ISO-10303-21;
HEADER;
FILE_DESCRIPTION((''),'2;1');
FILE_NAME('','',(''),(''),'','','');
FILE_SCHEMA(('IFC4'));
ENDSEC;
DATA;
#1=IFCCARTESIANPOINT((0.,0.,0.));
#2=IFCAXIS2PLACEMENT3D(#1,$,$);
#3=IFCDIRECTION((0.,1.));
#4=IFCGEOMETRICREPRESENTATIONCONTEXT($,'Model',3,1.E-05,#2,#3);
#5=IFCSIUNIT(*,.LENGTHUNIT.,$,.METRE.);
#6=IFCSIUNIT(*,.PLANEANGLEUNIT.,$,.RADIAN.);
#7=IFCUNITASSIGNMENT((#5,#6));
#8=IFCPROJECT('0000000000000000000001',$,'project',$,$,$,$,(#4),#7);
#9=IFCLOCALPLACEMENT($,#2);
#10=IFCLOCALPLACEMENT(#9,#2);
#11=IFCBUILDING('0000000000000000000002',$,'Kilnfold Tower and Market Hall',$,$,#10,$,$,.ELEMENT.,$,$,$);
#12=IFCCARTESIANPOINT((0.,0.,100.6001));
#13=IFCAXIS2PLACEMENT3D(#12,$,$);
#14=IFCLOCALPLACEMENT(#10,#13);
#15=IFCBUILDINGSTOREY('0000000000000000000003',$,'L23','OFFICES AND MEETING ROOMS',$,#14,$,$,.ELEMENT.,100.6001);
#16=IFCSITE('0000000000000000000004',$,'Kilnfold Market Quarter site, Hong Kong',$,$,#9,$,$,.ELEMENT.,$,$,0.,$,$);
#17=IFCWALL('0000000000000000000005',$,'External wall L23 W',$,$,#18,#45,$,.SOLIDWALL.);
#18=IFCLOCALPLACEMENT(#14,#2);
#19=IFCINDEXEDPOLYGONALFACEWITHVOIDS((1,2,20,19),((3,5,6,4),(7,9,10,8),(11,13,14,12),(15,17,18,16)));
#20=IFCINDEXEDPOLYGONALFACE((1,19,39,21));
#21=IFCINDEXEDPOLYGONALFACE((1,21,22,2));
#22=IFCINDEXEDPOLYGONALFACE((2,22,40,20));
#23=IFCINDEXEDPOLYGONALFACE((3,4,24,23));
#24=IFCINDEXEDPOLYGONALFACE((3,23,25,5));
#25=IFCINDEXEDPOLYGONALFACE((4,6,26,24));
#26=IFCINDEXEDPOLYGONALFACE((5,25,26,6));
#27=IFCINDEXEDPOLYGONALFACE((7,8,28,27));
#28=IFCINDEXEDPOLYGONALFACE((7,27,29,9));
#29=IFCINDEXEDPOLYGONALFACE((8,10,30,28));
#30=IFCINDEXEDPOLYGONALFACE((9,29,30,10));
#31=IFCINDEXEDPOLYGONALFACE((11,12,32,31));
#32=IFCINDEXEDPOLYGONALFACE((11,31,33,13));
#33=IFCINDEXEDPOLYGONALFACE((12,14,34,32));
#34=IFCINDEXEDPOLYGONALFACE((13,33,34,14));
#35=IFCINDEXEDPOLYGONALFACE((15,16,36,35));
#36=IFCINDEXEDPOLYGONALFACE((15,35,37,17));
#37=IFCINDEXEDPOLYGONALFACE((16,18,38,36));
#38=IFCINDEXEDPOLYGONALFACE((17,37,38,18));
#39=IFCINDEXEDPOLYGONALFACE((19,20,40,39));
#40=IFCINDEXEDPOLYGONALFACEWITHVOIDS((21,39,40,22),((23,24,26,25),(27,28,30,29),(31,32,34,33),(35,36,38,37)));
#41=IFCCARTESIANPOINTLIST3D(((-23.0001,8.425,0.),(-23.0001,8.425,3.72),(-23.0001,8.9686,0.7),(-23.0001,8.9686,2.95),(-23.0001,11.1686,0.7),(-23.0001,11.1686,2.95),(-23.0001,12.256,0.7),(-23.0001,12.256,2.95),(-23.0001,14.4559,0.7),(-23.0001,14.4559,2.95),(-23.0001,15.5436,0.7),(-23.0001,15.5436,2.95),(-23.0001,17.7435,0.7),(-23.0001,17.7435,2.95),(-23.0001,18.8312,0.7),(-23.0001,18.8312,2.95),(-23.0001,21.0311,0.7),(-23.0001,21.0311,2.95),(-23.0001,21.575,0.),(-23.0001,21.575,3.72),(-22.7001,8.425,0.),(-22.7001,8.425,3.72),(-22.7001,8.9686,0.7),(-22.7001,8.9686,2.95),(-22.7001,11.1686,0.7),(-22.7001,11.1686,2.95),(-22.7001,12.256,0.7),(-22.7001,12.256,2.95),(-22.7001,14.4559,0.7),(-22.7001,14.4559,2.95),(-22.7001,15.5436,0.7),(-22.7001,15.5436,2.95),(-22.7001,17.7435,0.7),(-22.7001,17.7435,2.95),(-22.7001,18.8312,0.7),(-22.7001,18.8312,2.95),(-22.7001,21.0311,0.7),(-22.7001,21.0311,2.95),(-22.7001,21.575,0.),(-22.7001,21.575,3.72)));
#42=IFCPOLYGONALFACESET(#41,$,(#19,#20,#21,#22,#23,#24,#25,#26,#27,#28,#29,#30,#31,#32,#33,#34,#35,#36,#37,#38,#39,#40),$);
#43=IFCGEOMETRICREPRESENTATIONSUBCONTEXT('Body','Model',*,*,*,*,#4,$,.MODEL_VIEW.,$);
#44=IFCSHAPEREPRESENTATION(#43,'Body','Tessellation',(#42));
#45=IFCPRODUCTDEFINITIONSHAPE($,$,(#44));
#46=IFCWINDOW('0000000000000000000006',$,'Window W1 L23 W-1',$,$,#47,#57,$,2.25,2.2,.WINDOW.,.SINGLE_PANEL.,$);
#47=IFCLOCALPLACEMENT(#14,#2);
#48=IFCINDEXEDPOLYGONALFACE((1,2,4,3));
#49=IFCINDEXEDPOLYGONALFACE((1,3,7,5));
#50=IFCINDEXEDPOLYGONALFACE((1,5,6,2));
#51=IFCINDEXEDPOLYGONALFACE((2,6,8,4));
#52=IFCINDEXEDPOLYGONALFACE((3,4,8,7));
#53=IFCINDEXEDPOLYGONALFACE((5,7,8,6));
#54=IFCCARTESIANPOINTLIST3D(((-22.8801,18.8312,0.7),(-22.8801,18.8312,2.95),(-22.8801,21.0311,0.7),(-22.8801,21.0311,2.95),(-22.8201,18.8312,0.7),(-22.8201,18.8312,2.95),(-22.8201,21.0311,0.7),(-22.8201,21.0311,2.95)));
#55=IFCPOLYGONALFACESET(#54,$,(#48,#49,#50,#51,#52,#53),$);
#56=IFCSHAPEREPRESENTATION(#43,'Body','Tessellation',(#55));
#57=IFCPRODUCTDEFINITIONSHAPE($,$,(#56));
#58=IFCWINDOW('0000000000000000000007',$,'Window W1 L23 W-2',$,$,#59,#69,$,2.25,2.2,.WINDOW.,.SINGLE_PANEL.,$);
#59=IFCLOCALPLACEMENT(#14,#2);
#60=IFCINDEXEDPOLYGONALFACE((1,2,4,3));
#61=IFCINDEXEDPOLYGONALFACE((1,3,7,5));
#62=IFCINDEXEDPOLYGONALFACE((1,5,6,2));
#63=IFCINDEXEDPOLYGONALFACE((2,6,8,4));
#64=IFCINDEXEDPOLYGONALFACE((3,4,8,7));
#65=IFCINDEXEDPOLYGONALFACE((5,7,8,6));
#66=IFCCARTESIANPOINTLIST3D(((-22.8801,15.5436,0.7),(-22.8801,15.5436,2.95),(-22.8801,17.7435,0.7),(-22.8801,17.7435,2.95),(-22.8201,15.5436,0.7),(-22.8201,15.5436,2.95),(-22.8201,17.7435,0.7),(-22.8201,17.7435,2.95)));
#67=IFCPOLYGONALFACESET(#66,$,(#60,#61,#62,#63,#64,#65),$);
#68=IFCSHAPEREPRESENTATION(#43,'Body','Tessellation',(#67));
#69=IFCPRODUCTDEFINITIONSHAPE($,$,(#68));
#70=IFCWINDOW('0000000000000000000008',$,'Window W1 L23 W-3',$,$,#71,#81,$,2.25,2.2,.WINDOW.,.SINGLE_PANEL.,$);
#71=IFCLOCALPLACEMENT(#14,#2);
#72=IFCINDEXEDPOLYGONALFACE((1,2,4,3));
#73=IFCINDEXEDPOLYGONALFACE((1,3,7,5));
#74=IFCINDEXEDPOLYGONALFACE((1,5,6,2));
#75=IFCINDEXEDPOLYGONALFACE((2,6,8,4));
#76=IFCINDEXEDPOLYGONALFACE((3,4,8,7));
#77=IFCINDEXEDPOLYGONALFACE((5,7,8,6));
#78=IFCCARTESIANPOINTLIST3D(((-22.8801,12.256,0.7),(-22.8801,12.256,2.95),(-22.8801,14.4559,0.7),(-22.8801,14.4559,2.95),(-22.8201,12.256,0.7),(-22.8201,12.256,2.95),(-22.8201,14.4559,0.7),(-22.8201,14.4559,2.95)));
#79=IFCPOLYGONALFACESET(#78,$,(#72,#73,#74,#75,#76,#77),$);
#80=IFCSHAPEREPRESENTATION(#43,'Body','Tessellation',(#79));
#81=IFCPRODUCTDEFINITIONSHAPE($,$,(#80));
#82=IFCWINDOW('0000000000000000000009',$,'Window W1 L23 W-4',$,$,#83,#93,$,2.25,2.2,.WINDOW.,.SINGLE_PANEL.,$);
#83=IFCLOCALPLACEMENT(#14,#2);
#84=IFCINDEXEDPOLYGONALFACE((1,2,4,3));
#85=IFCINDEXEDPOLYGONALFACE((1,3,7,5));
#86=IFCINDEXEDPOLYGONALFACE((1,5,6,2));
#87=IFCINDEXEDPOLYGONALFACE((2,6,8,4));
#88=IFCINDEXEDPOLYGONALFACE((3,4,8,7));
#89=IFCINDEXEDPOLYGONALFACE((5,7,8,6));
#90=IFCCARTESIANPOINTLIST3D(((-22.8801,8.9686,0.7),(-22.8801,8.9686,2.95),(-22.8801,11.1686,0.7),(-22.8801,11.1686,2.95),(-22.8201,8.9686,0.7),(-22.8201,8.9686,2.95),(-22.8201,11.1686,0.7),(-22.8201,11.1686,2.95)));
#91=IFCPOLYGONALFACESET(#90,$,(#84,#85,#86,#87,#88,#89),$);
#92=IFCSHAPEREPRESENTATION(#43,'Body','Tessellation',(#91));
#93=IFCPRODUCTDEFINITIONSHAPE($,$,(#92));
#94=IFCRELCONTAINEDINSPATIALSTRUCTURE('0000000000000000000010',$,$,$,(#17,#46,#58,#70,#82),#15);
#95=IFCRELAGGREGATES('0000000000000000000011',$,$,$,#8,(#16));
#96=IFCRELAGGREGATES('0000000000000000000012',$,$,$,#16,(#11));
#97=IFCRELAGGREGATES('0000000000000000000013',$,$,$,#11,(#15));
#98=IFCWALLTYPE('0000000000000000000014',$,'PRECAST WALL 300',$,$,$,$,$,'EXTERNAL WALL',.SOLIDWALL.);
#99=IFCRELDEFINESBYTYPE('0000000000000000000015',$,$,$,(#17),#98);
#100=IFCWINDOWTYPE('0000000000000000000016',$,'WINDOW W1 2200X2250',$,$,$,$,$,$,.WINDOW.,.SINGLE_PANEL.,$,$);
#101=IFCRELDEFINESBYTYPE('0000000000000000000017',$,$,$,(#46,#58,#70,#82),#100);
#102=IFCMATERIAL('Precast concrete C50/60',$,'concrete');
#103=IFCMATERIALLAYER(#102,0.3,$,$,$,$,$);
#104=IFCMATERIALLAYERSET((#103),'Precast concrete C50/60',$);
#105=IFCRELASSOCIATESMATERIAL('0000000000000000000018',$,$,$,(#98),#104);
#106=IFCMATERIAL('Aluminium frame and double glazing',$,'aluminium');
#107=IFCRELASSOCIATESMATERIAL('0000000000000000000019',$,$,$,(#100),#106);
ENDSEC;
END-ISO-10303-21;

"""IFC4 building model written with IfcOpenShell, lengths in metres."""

from ifc_helpers import new_model, si_unit, direction, frame, frame_2d, origin, place, context, subcontext, project, spatial, rectangle, extrude, source, transform, mapped, material, layer, layer_set, type_object, element, fill, save


model = new_model("IFC4")

# Units and contexts
model_context = context("Model", 3, precision=1e-05, world=origin(), true_north=direction((0.0, 1.0)))
body_context = subcontext(model_context, "Body", "Model", "MODEL_VIEW")
ifc_project = project(units=[si_unit("LENGTHUNIT", "METRE"), si_unit("PLANEANGLEUNIT", "RADIAN")], contexts=[model_context])

# Site, building, storey
site_placement = place(None, origin())
site = spatial("IfcSite", under=ifc_project, at=site_placement, Name="Kilnfold Market Quarter site, Hong Kong", CompositionType="ELEMENT", RefElevation=0.0)
building_placement = place(site_placement, origin())
building = spatial("IfcBuilding", under=site, at=building_placement, Name="Kilnfold Tower and Market Hall", CompositionType="ELEMENT")
storey_placement = place(building_placement, frame((0.0, 0.0, 100.6001)))
storey = spatial("IfcBuildingStorey", under=building, at=storey_placement, Name="L23", Description="OFFICES AND MEETING ROOMS", CompositionType="ELEMENT", Elevation=100.6001)

# Wall, openings, windows
ifc_material_1 = material(Name="Precast concrete C50/60", Category="concrete")
ifc_layer_1 = layer(ifc_material_1, 0.3)
ifc_layer_set_1 = layer_set([ifc_layer_1], Name="Precast concrete C50/60")
wall_type_1 = type_object("IfcWallType", Name="PRECAST WALL 300", ElementType="EXTERNAL WALL", PredefinedType="SOLIDWALL", material=ifc_layer_set_1)
shared_shape_1 = source(origin(), body_context, "Body", "SweptSolid", [
    extrude(rectangle(XDim=13.1499, YDim=0.3, at=frame_2d((6.575, 0.0))), origin(), (0.0, 0.0, 1.0), 3.72),
])
wall_1_placement = place(storey_placement, frame((-22.8501, 21.575, 0.0), z_axis=(0.0, 0.0, 1.0), x_axis=(0.0, -1.0, 0.0)))
wall_1 = element("IfcWall", 1, at=wall_1_placement, inside=storey, type_object=wall_type_1, Name="External wall L23 W", PredefinedType="SOLIDWALL", context=body_context, shape_type="MappedRepresentation", body=[
    mapped(shared_shape_1, transform((0.0, 0.0, 0.0))),
])
opening_1_placement = place(wall_1_placement, frame((0.5437, 0.0, 0.7)))
opening_1 = element("IfcOpeningElement", 2, at=opening_1_placement, cuts=wall_1, PredefinedType="OPENING", context=body_context, shape_type="SweptSolid", body=[
    extrude(rectangle(XDim=2.2, YDim=2.25, at=frame_2d((1.1001, 1.125))), frame((0.0, 0.1602, 0.0), z_axis=(0.0, -1.0, 0.0), x_axis=(1.0, 0.0, 0.0)), (0.0, 0.0, 1.0), 0.3201),
])
opening_2_placement = place(wall_1_placement, frame((3.8313, 0.0, 0.7)))
opening_2 = element("IfcOpeningElement", 3, at=opening_2_placement, cuts=wall_1, PredefinedType="OPENING", context=body_context, shape_type="SweptSolid", body=[
    extrude(rectangle(XDim=2.2, YDim=2.25, at=frame_2d((1.1001, 1.125))), frame((0.0, 0.1602, 0.0), z_axis=(0.0, -1.0, 0.0), x_axis=(1.0, 0.0, 0.0)), (0.0, 0.0, 1.0), 0.3201),
])
opening_3_placement = place(wall_1_placement, frame((7.1189, 0.0, 0.7)))
opening_3 = element("IfcOpeningElement", 4, at=opening_3_placement, cuts=wall_1, PredefinedType="OPENING", context=body_context, shape_type="SweptSolid", body=[
    extrude(rectangle(XDim=2.2, YDim=2.25, at=frame_2d((1.1001, 1.125))), frame((0.0, 0.1602, 0.0), z_axis=(0.0, -1.0, 0.0), x_axis=(1.0, 0.0, 0.0)), (0.0, 0.0, 1.0), 0.3201),
])
opening_4_placement = place(wall_1_placement, frame((10.4062, 0.0, 0.7)))
opening_4 = element("IfcOpeningElement", 5, at=opening_4_placement, cuts=wall_1, PredefinedType="OPENING", context=body_context, shape_type="SweptSolid", body=[
    extrude(rectangle(XDim=2.2, YDim=2.25, at=frame_2d((1.1001, 1.125))), frame((0.0, 0.1602, 0.0), z_axis=(0.0, -1.0, 0.0), x_axis=(1.0, 0.0, 0.0)), (0.0, 0.0, 1.0), 0.3201),
])
ifc_material_2 = material(Name="Aluminium frame and double glazing", Category="aluminium")
window_type = type_object("IfcWindowType", Name="WINDOW W1 2200X2250", PartitioningType="SINGLE_PANEL", PredefinedType="WINDOW", material=ifc_material_2)
window_1_placement = place(opening_1_placement, origin())
window_1 = element("IfcWindow", 6, at=window_1_placement, inside=storey, type_object=window_type, Name="Window W1 L23 W-1", OverallHeight=2.25, OverallWidth=2.2, PartitioningType="SINGLE_PANEL", PredefinedType="WINDOW", context=body_context, shape_type="SweptSolid", body=[
    extrude(rectangle(XDim=2.2, YDim=2.25, at=frame_2d((1.1001, 1.125))), frame((0.0, 0.03, 0.0), z_axis=(0.0, -1.0, 0.0), x_axis=(1.0, 0.0, 0.0)), (0.0, 0.0, 1.0), 0.0601),
])
fill(opening_1, window_1)
window_2_placement = place(opening_2_placement, origin())
window_2 = element("IfcWindow", 7, at=window_2_placement, inside=storey, type_object=window_type, Name="Window W1 L23 W-2", OverallHeight=2.25, OverallWidth=2.2, PartitioningType="SINGLE_PANEL", PredefinedType="WINDOW", context=body_context, shape_type="SweptSolid", body=[
    extrude(rectangle(XDim=2.2, YDim=2.25, at=frame_2d((1.1001, 1.125))), frame((0.0, 0.03, 0.0), z_axis=(0.0, -1.0, 0.0), x_axis=(1.0, 0.0, 0.0)), (0.0, 0.0, 1.0), 0.0601),
])
fill(opening_2, window_2)
window_3_placement = place(opening_3_placement, origin())
window_3 = element("IfcWindow", 8, at=window_3_placement, inside=storey, type_object=window_type, Name="Window W1 L23 W-3", OverallHeight=2.25, OverallWidth=2.2, PartitioningType="SINGLE_PANEL", PredefinedType="WINDOW", context=body_context, shape_type="SweptSolid", body=[
    extrude(rectangle(XDim=2.2, YDim=2.25, at=frame_2d((1.1001, 1.125))), frame((0.0, 0.03, 0.0), z_axis=(0.0, -1.0, 0.0), x_axis=(1.0, 0.0, 0.0)), (0.0, 0.0, 1.0), 0.0601),
])
fill(opening_3, window_3)
window_4_placement = place(opening_4_placement, origin())
window_4 = element("IfcWindow", 9, at=window_4_placement, inside=storey, type_object=window_type, Name="Window W1 L23 W-4", OverallHeight=2.25, OverallWidth=2.2, PartitioningType="SINGLE_PANEL", PredefinedType="WINDOW", context=body_context, shape_type="SweptSolid", body=[
    extrude(rectangle(XDim=2.2, YDim=2.25, at=frame_2d((1.1001, 1.125))), frame((0.0, 0.03, 0.0), z_axis=(0.0, -1.0, 0.0), x_axis=(1.0, 0.0, 0.0)), (0.0, 0.0, 1.0), 0.0601),
])
fill(opening_4, window_4)

save(model, "model.ifc")
